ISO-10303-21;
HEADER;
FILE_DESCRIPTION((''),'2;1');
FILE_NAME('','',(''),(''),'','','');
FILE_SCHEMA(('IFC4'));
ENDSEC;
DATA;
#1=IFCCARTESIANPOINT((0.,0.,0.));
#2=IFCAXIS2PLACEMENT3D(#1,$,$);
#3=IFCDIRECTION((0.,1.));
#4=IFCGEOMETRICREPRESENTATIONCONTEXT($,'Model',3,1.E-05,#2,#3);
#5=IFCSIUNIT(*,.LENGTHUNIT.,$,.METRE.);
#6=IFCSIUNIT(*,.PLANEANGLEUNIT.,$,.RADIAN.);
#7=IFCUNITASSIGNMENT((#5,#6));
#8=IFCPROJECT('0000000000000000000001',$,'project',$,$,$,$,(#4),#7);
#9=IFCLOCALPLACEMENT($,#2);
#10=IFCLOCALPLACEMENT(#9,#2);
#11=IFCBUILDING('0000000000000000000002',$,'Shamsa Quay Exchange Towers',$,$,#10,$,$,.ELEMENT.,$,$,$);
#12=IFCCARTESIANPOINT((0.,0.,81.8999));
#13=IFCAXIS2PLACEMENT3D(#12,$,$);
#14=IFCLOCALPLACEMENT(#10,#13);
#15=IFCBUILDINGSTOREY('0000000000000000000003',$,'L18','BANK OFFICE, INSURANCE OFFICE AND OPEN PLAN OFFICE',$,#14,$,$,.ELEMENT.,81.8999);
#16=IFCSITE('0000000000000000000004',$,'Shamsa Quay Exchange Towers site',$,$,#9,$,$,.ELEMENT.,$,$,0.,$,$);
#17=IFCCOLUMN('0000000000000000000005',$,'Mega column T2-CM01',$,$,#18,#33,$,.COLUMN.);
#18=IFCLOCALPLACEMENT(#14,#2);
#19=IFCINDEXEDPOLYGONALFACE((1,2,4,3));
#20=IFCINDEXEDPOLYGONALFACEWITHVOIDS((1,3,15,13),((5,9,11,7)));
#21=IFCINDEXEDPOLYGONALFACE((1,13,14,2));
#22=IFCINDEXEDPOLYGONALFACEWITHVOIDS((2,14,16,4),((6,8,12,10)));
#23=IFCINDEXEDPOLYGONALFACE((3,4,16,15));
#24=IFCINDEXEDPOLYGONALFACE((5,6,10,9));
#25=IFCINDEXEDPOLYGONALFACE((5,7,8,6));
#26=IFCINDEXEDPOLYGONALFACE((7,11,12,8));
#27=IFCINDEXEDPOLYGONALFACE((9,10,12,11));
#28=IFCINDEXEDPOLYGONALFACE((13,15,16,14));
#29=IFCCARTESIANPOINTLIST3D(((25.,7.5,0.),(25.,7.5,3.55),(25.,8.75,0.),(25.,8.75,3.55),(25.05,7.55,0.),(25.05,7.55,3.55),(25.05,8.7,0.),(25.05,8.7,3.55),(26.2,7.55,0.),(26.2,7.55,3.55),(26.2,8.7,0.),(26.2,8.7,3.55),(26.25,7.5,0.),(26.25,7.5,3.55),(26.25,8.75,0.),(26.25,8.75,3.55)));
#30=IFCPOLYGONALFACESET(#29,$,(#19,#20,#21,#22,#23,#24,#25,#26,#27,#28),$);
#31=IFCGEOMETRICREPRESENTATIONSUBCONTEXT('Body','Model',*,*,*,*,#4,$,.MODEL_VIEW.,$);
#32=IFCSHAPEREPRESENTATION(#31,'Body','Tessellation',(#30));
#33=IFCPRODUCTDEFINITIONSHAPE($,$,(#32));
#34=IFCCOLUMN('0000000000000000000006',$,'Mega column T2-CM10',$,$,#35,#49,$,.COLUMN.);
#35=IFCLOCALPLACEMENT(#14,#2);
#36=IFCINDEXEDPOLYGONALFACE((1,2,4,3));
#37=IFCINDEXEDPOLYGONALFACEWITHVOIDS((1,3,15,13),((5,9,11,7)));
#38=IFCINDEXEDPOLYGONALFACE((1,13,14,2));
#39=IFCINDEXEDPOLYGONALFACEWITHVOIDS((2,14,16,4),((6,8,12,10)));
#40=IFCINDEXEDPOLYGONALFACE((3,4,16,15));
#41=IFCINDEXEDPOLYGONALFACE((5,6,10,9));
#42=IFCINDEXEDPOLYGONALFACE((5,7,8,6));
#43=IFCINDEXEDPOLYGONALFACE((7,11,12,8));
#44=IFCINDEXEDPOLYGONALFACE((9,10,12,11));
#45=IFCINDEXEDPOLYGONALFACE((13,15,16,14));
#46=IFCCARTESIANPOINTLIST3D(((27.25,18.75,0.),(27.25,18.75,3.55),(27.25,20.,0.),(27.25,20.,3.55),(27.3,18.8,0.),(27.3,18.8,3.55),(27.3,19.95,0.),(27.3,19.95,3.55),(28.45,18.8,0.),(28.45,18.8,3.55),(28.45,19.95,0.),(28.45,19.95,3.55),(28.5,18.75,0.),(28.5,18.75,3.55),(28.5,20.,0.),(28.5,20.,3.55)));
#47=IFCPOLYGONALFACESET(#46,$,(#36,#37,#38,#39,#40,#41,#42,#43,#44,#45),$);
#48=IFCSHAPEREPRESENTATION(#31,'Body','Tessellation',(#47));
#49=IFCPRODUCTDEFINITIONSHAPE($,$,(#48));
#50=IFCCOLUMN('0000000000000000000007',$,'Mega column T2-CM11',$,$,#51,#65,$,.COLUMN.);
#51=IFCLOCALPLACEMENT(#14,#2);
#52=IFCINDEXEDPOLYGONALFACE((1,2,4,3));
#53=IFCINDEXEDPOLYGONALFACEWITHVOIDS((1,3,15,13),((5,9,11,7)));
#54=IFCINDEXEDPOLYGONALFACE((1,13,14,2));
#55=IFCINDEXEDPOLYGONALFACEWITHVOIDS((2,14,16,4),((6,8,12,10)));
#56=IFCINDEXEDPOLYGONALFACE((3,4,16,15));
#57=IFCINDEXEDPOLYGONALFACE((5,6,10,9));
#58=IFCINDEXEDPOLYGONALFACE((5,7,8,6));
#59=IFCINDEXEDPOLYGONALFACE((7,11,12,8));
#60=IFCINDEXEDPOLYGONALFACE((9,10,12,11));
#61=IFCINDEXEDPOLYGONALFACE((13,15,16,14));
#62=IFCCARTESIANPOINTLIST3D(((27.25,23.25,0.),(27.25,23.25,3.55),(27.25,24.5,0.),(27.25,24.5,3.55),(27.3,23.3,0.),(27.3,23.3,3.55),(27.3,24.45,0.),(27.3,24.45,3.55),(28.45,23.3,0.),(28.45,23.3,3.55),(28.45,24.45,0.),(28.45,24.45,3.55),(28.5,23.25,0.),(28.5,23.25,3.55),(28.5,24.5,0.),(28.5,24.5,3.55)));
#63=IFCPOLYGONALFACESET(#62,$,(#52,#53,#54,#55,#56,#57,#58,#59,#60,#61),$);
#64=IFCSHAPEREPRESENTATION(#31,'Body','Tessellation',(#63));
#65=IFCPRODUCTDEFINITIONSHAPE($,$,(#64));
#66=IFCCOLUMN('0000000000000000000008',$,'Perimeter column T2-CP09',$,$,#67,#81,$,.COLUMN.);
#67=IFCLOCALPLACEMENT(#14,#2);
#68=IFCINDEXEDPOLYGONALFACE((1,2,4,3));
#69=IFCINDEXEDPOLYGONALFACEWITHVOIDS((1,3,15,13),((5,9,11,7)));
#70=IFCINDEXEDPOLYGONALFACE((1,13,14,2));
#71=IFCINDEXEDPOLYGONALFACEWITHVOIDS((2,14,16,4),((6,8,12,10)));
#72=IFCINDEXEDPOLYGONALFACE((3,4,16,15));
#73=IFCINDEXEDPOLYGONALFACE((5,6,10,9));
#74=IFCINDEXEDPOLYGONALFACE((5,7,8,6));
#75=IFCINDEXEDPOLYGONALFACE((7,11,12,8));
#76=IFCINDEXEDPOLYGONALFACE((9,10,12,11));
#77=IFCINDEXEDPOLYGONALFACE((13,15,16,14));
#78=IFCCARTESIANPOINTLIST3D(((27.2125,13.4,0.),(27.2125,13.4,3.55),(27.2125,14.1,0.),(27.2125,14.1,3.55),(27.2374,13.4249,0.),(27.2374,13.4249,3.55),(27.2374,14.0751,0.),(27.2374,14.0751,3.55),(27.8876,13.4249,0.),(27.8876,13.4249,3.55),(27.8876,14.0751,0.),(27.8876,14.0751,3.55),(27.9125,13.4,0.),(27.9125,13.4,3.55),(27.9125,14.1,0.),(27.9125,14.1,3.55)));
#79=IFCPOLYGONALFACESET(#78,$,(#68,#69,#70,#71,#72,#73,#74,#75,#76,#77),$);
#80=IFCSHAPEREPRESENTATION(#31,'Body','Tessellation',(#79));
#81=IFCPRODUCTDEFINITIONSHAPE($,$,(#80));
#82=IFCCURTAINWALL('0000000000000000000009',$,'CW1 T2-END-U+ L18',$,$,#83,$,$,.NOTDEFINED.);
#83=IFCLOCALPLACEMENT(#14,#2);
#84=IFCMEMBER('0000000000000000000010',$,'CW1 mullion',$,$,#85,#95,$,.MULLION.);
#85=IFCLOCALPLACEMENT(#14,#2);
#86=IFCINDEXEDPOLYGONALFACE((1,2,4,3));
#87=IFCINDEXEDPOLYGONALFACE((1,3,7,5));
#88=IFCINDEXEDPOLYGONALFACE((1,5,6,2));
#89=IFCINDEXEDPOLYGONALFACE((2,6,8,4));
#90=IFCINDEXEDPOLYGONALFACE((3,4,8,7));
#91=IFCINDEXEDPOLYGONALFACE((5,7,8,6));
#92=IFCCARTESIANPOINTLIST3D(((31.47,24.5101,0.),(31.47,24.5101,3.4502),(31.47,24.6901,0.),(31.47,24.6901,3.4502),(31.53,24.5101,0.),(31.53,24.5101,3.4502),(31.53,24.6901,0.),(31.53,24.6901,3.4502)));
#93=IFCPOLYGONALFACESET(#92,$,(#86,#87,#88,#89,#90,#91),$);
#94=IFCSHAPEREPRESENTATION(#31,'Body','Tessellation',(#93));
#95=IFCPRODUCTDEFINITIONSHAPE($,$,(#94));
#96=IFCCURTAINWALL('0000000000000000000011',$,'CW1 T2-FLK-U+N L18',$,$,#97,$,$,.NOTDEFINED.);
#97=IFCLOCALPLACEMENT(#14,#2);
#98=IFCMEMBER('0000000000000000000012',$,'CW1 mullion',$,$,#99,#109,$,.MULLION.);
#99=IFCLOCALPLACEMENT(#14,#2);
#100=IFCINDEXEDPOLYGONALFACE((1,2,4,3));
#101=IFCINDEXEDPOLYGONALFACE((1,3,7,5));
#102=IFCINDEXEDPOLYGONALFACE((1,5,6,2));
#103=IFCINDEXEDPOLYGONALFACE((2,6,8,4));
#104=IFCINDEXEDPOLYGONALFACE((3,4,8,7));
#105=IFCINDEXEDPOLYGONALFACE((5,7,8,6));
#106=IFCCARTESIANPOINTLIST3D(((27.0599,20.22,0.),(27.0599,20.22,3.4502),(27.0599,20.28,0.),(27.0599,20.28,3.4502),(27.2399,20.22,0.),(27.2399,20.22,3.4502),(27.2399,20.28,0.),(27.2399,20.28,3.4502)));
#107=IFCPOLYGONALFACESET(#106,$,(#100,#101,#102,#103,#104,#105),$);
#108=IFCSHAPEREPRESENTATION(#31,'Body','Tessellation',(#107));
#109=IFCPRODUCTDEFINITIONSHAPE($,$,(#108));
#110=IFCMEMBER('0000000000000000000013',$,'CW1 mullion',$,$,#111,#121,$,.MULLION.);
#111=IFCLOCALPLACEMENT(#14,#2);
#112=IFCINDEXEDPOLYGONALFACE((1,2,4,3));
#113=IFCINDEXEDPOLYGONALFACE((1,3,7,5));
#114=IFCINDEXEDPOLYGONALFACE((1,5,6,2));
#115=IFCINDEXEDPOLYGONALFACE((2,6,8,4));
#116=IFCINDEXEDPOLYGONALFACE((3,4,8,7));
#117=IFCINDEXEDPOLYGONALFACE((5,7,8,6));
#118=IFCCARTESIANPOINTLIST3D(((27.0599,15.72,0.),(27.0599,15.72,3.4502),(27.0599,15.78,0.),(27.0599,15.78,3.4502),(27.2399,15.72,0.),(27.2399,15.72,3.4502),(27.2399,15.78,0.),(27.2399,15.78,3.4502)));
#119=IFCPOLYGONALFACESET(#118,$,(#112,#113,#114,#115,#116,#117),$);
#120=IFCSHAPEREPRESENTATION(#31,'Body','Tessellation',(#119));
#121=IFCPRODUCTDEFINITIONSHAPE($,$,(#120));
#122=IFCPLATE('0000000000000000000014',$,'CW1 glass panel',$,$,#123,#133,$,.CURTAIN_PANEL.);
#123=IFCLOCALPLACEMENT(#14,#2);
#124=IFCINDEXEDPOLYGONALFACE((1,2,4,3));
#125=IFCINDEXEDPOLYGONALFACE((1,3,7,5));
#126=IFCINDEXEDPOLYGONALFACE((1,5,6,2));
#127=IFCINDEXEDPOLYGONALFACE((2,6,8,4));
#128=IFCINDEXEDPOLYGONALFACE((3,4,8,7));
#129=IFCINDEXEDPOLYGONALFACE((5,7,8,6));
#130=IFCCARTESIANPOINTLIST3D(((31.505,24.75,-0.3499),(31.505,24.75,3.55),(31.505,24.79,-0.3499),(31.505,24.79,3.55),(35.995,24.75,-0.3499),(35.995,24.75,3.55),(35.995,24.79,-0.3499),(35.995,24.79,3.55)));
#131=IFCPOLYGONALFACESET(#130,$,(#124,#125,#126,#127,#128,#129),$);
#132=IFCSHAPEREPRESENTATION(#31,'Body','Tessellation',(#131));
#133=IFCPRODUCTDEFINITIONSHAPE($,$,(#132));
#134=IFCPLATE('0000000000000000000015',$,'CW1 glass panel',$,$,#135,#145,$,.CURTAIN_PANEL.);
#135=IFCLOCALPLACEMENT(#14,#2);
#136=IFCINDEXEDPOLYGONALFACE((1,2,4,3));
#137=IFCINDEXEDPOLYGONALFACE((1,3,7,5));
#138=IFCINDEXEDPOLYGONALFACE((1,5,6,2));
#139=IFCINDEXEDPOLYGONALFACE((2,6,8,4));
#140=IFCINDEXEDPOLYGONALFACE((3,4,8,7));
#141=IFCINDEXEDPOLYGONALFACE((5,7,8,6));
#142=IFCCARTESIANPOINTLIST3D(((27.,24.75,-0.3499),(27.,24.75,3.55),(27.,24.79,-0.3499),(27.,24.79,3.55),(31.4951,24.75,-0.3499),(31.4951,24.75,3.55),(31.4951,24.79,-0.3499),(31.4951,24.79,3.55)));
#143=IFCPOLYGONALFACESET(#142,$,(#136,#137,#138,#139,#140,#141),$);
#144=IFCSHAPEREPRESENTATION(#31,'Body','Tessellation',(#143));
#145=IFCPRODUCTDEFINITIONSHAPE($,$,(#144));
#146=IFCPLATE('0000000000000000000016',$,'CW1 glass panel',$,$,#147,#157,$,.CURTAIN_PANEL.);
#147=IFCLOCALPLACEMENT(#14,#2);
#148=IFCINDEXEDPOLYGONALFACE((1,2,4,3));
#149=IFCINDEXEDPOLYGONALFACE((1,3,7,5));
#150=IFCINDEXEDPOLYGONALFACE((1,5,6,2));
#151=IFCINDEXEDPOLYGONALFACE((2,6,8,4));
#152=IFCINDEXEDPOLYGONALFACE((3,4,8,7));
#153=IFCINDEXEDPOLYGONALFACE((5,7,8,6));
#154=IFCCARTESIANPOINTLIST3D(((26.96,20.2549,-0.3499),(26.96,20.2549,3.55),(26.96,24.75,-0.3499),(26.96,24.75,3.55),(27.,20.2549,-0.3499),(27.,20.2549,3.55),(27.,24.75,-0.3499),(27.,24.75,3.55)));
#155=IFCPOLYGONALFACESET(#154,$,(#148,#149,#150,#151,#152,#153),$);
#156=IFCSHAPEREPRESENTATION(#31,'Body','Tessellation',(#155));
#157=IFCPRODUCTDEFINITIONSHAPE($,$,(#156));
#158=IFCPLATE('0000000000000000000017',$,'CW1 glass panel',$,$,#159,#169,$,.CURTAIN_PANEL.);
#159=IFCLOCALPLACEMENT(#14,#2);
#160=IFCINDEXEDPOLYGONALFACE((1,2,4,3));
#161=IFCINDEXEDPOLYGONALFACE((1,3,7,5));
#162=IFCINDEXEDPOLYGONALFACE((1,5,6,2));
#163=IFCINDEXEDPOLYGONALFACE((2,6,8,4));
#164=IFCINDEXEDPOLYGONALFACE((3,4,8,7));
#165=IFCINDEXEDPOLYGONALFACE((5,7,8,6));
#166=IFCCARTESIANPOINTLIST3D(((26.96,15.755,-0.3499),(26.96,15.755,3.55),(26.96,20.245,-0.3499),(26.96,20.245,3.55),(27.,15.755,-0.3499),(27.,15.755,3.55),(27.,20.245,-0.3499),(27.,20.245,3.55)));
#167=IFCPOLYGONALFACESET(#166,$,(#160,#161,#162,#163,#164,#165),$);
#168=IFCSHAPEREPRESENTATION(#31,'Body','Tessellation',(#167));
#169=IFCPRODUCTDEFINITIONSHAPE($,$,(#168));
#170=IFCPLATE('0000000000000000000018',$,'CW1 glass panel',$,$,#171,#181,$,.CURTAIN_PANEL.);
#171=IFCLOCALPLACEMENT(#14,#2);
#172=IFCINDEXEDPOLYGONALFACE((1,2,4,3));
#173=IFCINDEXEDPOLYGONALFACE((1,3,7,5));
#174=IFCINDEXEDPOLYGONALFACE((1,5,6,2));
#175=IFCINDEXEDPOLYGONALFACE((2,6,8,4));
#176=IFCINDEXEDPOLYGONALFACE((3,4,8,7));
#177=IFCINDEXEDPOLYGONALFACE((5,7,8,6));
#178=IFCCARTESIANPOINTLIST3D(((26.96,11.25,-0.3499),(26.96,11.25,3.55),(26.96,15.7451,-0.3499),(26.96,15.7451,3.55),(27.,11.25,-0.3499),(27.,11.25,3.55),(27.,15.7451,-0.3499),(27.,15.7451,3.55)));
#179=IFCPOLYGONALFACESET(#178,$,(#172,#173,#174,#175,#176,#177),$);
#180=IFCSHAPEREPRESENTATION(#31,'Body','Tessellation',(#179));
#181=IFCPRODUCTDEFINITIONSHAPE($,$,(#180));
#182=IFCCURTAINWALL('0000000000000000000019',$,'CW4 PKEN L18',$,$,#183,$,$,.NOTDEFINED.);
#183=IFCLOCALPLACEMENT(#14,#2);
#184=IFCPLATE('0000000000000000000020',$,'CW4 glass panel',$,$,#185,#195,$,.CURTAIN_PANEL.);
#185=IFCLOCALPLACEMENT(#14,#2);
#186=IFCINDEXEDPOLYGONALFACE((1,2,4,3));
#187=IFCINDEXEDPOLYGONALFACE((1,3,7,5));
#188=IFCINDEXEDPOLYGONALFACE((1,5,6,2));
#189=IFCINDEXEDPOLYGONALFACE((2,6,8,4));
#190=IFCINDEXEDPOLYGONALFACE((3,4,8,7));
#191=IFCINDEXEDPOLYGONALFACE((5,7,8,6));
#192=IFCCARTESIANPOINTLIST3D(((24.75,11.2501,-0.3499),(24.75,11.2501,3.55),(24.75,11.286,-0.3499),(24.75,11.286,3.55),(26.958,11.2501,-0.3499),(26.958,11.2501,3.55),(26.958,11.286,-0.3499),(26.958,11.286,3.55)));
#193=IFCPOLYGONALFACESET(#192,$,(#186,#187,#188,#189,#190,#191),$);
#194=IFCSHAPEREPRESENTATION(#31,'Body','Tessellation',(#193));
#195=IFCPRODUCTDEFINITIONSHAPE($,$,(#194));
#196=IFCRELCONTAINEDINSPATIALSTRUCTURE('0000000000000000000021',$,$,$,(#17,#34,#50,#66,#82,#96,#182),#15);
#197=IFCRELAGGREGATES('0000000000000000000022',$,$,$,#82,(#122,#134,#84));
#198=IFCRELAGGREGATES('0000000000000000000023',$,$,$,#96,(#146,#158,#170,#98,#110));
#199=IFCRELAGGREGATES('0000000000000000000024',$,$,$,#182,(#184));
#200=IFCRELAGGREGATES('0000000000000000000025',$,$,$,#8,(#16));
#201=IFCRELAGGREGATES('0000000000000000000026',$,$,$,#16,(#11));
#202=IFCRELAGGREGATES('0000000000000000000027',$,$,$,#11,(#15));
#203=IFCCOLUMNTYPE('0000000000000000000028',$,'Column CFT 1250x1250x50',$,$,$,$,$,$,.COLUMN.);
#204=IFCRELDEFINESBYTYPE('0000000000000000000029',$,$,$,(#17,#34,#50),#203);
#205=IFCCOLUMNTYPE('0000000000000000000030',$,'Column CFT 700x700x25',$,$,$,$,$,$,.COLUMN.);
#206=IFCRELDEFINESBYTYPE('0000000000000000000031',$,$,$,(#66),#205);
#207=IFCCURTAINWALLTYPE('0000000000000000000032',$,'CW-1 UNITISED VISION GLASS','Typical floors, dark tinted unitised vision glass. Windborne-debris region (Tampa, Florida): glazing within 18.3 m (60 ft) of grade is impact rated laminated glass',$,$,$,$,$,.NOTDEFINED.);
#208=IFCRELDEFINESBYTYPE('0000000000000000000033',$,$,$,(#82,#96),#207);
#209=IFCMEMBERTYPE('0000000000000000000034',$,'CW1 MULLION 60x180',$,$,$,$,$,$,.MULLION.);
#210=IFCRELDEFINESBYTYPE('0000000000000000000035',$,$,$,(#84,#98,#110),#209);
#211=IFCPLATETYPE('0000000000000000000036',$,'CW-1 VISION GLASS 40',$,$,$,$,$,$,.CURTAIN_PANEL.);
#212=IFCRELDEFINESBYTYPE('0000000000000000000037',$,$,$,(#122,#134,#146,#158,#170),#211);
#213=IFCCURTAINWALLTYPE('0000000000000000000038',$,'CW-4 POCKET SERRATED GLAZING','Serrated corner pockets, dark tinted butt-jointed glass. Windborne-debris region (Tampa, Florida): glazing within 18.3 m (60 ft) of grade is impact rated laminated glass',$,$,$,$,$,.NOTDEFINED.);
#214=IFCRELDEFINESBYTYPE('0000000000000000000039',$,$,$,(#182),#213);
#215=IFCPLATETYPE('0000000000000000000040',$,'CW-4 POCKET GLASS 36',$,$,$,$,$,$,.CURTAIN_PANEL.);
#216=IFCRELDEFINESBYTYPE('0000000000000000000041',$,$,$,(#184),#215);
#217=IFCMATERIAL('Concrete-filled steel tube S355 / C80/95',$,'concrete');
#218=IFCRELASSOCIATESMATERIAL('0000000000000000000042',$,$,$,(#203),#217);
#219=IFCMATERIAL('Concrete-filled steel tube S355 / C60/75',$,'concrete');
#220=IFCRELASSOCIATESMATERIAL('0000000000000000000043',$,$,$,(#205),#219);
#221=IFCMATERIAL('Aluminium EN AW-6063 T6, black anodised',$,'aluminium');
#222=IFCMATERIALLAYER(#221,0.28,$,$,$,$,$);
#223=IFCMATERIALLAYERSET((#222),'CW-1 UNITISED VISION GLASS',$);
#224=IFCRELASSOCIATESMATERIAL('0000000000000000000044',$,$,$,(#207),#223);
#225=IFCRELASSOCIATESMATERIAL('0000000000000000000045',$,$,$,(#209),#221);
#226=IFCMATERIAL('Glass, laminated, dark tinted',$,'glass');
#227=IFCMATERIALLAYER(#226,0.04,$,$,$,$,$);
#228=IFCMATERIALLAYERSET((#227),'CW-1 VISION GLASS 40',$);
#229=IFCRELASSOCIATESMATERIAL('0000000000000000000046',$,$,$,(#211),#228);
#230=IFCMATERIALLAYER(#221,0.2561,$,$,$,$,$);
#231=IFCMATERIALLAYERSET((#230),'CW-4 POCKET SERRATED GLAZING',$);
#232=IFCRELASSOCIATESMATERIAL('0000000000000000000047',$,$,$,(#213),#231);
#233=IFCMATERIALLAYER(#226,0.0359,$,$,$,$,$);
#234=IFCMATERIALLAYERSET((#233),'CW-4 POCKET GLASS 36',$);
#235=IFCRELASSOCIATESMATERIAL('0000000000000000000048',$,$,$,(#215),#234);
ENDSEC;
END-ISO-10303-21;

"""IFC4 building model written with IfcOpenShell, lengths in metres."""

from ifc_helpers import new_model, si_unit, direction, frame, origin, origin_2d, place, context, subcontext, project, spatial, rectangle, hollow_rectangle, extrude, material, layer, layer_set, material_profile, profile_set, type_object, element, aggregate, save


model = new_model("IFC4")

# Units and contexts
model_context = context("Model", 3, precision=1e-05, world=origin(), true_north=direction((0.0, 1.0)))
body_context = subcontext(model_context, "Body", "Model", "MODEL_VIEW")
ifc_project = project(units=[si_unit("LENGTHUNIT", "METRE"), si_unit("PLANEANGLEUNIT", "RADIAN")], contexts=[model_context])

# Site, building, storey
site_placement = place(None, origin())
site = spatial("IfcSite", under=ifc_project, at=site_placement, Name="Shamsa Quay Exchange Towers site", CompositionType="ELEMENT", RefElevation=0.0)
building_placement = place(site_placement, origin())
building = spatial("IfcBuilding", under=site, at=building_placement, Name="Shamsa Quay Exchange Towers", CompositionType="ELEMENT")
storey_placement = place(building_placement, frame((0.0, 0.0, 81.8999)))
storey = spatial("IfcBuildingStorey", under=building, at=storey_placement, Name="L18", Description="BANK OFFICE, INSURANCE OFFICE AND OPEN PLAN OFFICE", CompositionType="ELEMENT", Elevation=81.8999)

# Columns
ifc_material_1 = material(Name="Concrete-filled steel tube S355 / C80/95", Category="concrete")
ifc_material_profile_1 = material_profile(ifc_material_1, hollow_rectangle(XDim=1.25, YDim=1.25, WallThickness=0.05, at=origin_2d()), Name="CFT 1250x1250x50")
ifc_profile_set_1 = profile_set([ifc_material_profile_1], Name="Concrete-filled steel tube S355 / C80/95")
column_type_1 = type_object("IfcColumnType", Name="Column CFT 1250x1250x50", PredefinedType="COLUMN", material=ifc_profile_set_1)
for number, where, name in (
    (1, (25.625, 8.125, 0.0), "Mega column T2-CM01"),
    (2, (27.875, 19.375, 0.0), "Mega column T2-CM10"),
    (3, (27.875, 23.875, 0.0), "Mega column T2-CM11"),
):
    element("IfcColumn", number, at=place(storey_placement, frame(where)), inside=storey, type_object=column_type_1, Name=name, PredefinedType="COLUMN", context=body_context, shape_type="SweptSolid", body=[
        extrude(hollow_rectangle(XDim=1.25, YDim=1.25, WallThickness=0.05, at=origin_2d()), origin(), (0.0, 0.0, 1.0), 3.55),
    ])
ifc_material_2 = material(Name="Concrete-filled steel tube S355 / C60/75", Category="concrete")
ifc_material_profile_2 = material_profile(ifc_material_2, hollow_rectangle(XDim=0.7, YDim=0.7, WallThickness=0.0249, at=origin_2d()), Name="CFT 700x700x25")
ifc_profile_set_2 = profile_set([ifc_material_profile_2], Name="Concrete-filled steel tube S355 / C60/75")
column_type_2 = type_object("IfcColumnType", Name="Column CFT 700x700x25", PredefinedType="COLUMN", material=ifc_profile_set_2)
column_placement = place(storey_placement, frame((27.5625, 13.75, 0.0)))
element("IfcColumn", 4, at=column_placement, inside=storey, type_object=column_type_2, Name="Perimeter column T2-CP09", PredefinedType="COLUMN", context=body_context, shape_type="SweptSolid", body=[
    extrude(hollow_rectangle(XDim=0.7, YDim=0.7, WallThickness=0.0249, at=origin_2d()), origin(), (0.0, 0.0, 1.0), 3.55),
])

# Curtain wall, member
ifc_material_3 = material(Name="Aluminium EN AW-6063 T6, black anodised", Category="aluminium")
ifc_layer_1 = layer(ifc_material_3, 0.28)
ifc_layer_set_1 = layer_set([ifc_layer_1], Name="CW-1 UNITISED VISION GLASS")
curtain_wall_type_1 = type_object("IfcCurtainWallType", Name="CW-1 UNITISED VISION GLASS", Description="Typical floors, dark tinted unitised vision glass. Windborne-debris region (Tampa, Florida): glazing within 18.3 m (60 ft) of grade is impact rated laminated glass", PredefinedType="NOTDEFINED", material=ifc_layer_set_1)
curtain_wall_1_placement = place(storey_placement, origin())
curtain_wall_1 = element("IfcCurtainWall", 5, at=curtain_wall_1_placement, inside=storey, type_object=curtain_wall_type_1, Name="CW1 T2-END-U+ L18", PredefinedType="NOTDEFINED")
ifc_material_profile_3 = material_profile(ifc_material_3, rectangle(XDim=0.1799, YDim=0.0601, at=origin_2d()), Name="MU60x180")
ifc_profile_set_3 = profile_set([ifc_material_profile_3], Name="Aluminium EN AW-6063 T6, black anodised")
member_type = type_object("IfcMemberType", Name="CW1 MULLION 60x180", PredefinedType="MULLION", material=ifc_profile_set_3)
member_1_placement = place(storey_placement, frame((31.5, 24.6001, 0.0), z_axis=(0.0, 0.0, 1.0), x_axis=(0.0, -1.0, 0.0)))
member_1 = element("IfcMember", 6, at=member_1_placement, type_object=member_type, Name="CW1 mullion", PredefinedType="MULLION", context=body_context, shape_type="SweptSolid", body=[
    extrude(rectangle(XDim=0.1799, YDim=0.0601, at=origin_2d()), origin(), (0.0, 0.0, 1.0), 3.4502),
])

# Curtain wall, members
curtain_wall_2_placement = place(storey_placement, origin())
curtain_wall_2 = element("IfcCurtainWall", 7, at=curtain_wall_2_placement, inside=storey, type_object=curtain_wall_type_1, Name="CW1 T2-FLK-U+N L18", PredefinedType="NOTDEFINED")
member_2_placement = place(storey_placement, frame((27.1499, 20.25, 0.0)))
member_2 = element("IfcMember", 8, at=member_2_placement, type_object=member_type, Name="CW1 mullion", PredefinedType="MULLION", context=body_context, shape_type="SweptSolid", body=[
    extrude(rectangle(XDim=0.1799, YDim=0.0601, at=origin_2d()), origin(), (0.0, 0.0, 1.0), 3.4502),
])
member_3_placement = place(storey_placement, frame((27.1499, 15.75, 0.0)))
member_3 = element("IfcMember", 9, at=member_3_placement, type_object=member_type, Name="CW1 mullion", PredefinedType="MULLION", context=body_context, shape_type="SweptSolid", body=[
    extrude(rectangle(XDim=0.1799, YDim=0.0601, at=origin_2d()), origin(), (0.0, 0.0, 1.0), 3.4502),
])

# Plates
ifc_material_4 = material(Name="Glass, laminated, dark tinted", Category="glass")
ifc_layer_2 = layer(ifc_material_4, 0.04)
ifc_layer_set_2 = layer_set([ifc_layer_2], Name="CW-1 VISION GLASS 40")
plate_type_1 = type_object("IfcPlateType", Name="CW-1 VISION GLASS 40", PredefinedType="CURTAIN_PANEL", material=ifc_layer_set_2)
plate_1_placement = place(storey_placement, frame((33.75, 24.77, -0.3499), z_axis=(0.0, 0.0, 1.0), x_axis=(-1.0, 0.0, 0.0)))
plate_1 = element("IfcPlate", 10, at=plate_1_placement, type_object=plate_type_1, Name="CW1 glass panel", PredefinedType="CURTAIN_PANEL", context=body_context, shape_type="SweptSolid", body=[
    extrude(rectangle(XDim=4.49, YDim=0.04, at=origin_2d()), origin(), (0.0, 0.0, 1.0), 3.8999),
])
plate_2_placement = place(storey_placement, frame((29.2476, 24.77, -0.3499), z_axis=(0.0, 0.0, 1.0), x_axis=(-1.0, 0.0, 0.0)))
plate_2 = element("IfcPlate", 11, at=plate_2_placement, type_object=plate_type_1, Name="CW1 glass panel", PredefinedType="CURTAIN_PANEL", context=body_context, shape_type="SweptSolid", body=[
    extrude(rectangle(XDim=4.4951, YDim=0.04, at=origin_2d()), origin(), (0.0, 0.0, 1.0), 3.8999),
])
aggregate(curtain_wall_1, [plate_1, plate_2, member_1])
plate_3_placement = place(storey_placement, frame((26.98, 22.5024, -0.3499), z_axis=(0.0, 0.0, 1.0), x_axis=(0.0, -1.0, 0.0)))
plate_3 = element("IfcPlate", 12, at=plate_3_placement, type_object=plate_type_1, Name="CW1 glass panel", PredefinedType="CURTAIN_PANEL", context=body_context, shape_type="SweptSolid", body=[
    extrude(rectangle(XDim=4.4951, YDim=0.04, at=origin_2d()), origin(), (0.0, 0.0, 1.0), 3.8999),
])
plate_4_placement = place(storey_placement, frame((26.98, 18.0, -0.3499), z_axis=(0.0, 0.0, 1.0), x_axis=(0.0, -1.0, 0.0)))
plate_4 = element("IfcPlate", 13, at=plate_4_placement, type_object=plate_type_1, Name="CW1 glass panel", PredefinedType="CURTAIN_PANEL", context=body_context, shape_type="SweptSolid", body=[
    extrude(rectangle(XDim=4.49, YDim=0.04, at=origin_2d()), origin(), (0.0, 0.0, 1.0), 3.8999),
])
plate_5_placement = place(storey_placement, frame((26.98, 13.4976, -0.3499), z_axis=(0.0, 0.0, 1.0), x_axis=(0.0, -1.0, 0.0)))
plate_5 = element("IfcPlate", 14, at=plate_5_placement, type_object=plate_type_1, Name="CW1 glass panel", PredefinedType="CURTAIN_PANEL", context=body_context, shape_type="SweptSolid", body=[
    extrude(rectangle(XDim=4.4951, YDim=0.04, at=origin_2d()), origin(), (0.0, 0.0, 1.0), 3.8999),
])
aggregate(curtain_wall_2, [plate_3, plate_4, plate_5, member_2, member_3])

# Curtain wall, plate
ifc_layer_3 = layer(ifc_material_3, 0.2561)
ifc_layer_set_3 = layer_set([ifc_layer_3], Name="CW-4 POCKET SERRATED GLAZING")
curtain_wall_type_2 = type_object("IfcCurtainWallType", Name="CW-4 POCKET SERRATED GLAZING", Description="Serrated corner pockets, dark tinted butt-jointed glass. Windborne-debris region (Tampa, Florida): glazing within 18.3 m (60 ft) of grade is impact rated laminated glass", PredefinedType="NOTDEFINED", material=ifc_layer_set_3)
curtain_wall_3_placement = place(storey_placement, origin())
curtain_wall_3 = element("IfcCurtainWall", 15, at=curtain_wall_3_placement, inside=storey, type_object=curtain_wall_type_2, Name="CW4 PKEN L18", PredefinedType="NOTDEFINED")
ifc_layer_4 = layer(ifc_material_4, 0.0359)
ifc_layer_set_4 = layer_set([ifc_layer_4], Name="CW-4 POCKET GLASS 36")
plate_type_2 = type_object("IfcPlateType", Name="CW-4 POCKET GLASS 36", PredefinedType="CURTAIN_PANEL", material=ifc_layer_set_4)
plate_6_placement = place(storey_placement, frame((25.854, 11.2681, -0.3499), z_axis=(0.0, 0.0, 1.0), x_axis=(-1.0, 0.0, 0.0)))
plate_6 = element("IfcPlate", 16, at=plate_6_placement, type_object=plate_type_2, Name="CW4 glass panel", PredefinedType="CURTAIN_PANEL", context=body_context, shape_type="SweptSolid", body=[
    extrude(rectangle(XDim=2.208, YDim=0.0359, at=origin_2d()), origin(), (0.0, 0.0, 1.0), 3.8999),
])
aggregate(curtain_wall_3, [plate_6])

save(model, "model.ifc")
